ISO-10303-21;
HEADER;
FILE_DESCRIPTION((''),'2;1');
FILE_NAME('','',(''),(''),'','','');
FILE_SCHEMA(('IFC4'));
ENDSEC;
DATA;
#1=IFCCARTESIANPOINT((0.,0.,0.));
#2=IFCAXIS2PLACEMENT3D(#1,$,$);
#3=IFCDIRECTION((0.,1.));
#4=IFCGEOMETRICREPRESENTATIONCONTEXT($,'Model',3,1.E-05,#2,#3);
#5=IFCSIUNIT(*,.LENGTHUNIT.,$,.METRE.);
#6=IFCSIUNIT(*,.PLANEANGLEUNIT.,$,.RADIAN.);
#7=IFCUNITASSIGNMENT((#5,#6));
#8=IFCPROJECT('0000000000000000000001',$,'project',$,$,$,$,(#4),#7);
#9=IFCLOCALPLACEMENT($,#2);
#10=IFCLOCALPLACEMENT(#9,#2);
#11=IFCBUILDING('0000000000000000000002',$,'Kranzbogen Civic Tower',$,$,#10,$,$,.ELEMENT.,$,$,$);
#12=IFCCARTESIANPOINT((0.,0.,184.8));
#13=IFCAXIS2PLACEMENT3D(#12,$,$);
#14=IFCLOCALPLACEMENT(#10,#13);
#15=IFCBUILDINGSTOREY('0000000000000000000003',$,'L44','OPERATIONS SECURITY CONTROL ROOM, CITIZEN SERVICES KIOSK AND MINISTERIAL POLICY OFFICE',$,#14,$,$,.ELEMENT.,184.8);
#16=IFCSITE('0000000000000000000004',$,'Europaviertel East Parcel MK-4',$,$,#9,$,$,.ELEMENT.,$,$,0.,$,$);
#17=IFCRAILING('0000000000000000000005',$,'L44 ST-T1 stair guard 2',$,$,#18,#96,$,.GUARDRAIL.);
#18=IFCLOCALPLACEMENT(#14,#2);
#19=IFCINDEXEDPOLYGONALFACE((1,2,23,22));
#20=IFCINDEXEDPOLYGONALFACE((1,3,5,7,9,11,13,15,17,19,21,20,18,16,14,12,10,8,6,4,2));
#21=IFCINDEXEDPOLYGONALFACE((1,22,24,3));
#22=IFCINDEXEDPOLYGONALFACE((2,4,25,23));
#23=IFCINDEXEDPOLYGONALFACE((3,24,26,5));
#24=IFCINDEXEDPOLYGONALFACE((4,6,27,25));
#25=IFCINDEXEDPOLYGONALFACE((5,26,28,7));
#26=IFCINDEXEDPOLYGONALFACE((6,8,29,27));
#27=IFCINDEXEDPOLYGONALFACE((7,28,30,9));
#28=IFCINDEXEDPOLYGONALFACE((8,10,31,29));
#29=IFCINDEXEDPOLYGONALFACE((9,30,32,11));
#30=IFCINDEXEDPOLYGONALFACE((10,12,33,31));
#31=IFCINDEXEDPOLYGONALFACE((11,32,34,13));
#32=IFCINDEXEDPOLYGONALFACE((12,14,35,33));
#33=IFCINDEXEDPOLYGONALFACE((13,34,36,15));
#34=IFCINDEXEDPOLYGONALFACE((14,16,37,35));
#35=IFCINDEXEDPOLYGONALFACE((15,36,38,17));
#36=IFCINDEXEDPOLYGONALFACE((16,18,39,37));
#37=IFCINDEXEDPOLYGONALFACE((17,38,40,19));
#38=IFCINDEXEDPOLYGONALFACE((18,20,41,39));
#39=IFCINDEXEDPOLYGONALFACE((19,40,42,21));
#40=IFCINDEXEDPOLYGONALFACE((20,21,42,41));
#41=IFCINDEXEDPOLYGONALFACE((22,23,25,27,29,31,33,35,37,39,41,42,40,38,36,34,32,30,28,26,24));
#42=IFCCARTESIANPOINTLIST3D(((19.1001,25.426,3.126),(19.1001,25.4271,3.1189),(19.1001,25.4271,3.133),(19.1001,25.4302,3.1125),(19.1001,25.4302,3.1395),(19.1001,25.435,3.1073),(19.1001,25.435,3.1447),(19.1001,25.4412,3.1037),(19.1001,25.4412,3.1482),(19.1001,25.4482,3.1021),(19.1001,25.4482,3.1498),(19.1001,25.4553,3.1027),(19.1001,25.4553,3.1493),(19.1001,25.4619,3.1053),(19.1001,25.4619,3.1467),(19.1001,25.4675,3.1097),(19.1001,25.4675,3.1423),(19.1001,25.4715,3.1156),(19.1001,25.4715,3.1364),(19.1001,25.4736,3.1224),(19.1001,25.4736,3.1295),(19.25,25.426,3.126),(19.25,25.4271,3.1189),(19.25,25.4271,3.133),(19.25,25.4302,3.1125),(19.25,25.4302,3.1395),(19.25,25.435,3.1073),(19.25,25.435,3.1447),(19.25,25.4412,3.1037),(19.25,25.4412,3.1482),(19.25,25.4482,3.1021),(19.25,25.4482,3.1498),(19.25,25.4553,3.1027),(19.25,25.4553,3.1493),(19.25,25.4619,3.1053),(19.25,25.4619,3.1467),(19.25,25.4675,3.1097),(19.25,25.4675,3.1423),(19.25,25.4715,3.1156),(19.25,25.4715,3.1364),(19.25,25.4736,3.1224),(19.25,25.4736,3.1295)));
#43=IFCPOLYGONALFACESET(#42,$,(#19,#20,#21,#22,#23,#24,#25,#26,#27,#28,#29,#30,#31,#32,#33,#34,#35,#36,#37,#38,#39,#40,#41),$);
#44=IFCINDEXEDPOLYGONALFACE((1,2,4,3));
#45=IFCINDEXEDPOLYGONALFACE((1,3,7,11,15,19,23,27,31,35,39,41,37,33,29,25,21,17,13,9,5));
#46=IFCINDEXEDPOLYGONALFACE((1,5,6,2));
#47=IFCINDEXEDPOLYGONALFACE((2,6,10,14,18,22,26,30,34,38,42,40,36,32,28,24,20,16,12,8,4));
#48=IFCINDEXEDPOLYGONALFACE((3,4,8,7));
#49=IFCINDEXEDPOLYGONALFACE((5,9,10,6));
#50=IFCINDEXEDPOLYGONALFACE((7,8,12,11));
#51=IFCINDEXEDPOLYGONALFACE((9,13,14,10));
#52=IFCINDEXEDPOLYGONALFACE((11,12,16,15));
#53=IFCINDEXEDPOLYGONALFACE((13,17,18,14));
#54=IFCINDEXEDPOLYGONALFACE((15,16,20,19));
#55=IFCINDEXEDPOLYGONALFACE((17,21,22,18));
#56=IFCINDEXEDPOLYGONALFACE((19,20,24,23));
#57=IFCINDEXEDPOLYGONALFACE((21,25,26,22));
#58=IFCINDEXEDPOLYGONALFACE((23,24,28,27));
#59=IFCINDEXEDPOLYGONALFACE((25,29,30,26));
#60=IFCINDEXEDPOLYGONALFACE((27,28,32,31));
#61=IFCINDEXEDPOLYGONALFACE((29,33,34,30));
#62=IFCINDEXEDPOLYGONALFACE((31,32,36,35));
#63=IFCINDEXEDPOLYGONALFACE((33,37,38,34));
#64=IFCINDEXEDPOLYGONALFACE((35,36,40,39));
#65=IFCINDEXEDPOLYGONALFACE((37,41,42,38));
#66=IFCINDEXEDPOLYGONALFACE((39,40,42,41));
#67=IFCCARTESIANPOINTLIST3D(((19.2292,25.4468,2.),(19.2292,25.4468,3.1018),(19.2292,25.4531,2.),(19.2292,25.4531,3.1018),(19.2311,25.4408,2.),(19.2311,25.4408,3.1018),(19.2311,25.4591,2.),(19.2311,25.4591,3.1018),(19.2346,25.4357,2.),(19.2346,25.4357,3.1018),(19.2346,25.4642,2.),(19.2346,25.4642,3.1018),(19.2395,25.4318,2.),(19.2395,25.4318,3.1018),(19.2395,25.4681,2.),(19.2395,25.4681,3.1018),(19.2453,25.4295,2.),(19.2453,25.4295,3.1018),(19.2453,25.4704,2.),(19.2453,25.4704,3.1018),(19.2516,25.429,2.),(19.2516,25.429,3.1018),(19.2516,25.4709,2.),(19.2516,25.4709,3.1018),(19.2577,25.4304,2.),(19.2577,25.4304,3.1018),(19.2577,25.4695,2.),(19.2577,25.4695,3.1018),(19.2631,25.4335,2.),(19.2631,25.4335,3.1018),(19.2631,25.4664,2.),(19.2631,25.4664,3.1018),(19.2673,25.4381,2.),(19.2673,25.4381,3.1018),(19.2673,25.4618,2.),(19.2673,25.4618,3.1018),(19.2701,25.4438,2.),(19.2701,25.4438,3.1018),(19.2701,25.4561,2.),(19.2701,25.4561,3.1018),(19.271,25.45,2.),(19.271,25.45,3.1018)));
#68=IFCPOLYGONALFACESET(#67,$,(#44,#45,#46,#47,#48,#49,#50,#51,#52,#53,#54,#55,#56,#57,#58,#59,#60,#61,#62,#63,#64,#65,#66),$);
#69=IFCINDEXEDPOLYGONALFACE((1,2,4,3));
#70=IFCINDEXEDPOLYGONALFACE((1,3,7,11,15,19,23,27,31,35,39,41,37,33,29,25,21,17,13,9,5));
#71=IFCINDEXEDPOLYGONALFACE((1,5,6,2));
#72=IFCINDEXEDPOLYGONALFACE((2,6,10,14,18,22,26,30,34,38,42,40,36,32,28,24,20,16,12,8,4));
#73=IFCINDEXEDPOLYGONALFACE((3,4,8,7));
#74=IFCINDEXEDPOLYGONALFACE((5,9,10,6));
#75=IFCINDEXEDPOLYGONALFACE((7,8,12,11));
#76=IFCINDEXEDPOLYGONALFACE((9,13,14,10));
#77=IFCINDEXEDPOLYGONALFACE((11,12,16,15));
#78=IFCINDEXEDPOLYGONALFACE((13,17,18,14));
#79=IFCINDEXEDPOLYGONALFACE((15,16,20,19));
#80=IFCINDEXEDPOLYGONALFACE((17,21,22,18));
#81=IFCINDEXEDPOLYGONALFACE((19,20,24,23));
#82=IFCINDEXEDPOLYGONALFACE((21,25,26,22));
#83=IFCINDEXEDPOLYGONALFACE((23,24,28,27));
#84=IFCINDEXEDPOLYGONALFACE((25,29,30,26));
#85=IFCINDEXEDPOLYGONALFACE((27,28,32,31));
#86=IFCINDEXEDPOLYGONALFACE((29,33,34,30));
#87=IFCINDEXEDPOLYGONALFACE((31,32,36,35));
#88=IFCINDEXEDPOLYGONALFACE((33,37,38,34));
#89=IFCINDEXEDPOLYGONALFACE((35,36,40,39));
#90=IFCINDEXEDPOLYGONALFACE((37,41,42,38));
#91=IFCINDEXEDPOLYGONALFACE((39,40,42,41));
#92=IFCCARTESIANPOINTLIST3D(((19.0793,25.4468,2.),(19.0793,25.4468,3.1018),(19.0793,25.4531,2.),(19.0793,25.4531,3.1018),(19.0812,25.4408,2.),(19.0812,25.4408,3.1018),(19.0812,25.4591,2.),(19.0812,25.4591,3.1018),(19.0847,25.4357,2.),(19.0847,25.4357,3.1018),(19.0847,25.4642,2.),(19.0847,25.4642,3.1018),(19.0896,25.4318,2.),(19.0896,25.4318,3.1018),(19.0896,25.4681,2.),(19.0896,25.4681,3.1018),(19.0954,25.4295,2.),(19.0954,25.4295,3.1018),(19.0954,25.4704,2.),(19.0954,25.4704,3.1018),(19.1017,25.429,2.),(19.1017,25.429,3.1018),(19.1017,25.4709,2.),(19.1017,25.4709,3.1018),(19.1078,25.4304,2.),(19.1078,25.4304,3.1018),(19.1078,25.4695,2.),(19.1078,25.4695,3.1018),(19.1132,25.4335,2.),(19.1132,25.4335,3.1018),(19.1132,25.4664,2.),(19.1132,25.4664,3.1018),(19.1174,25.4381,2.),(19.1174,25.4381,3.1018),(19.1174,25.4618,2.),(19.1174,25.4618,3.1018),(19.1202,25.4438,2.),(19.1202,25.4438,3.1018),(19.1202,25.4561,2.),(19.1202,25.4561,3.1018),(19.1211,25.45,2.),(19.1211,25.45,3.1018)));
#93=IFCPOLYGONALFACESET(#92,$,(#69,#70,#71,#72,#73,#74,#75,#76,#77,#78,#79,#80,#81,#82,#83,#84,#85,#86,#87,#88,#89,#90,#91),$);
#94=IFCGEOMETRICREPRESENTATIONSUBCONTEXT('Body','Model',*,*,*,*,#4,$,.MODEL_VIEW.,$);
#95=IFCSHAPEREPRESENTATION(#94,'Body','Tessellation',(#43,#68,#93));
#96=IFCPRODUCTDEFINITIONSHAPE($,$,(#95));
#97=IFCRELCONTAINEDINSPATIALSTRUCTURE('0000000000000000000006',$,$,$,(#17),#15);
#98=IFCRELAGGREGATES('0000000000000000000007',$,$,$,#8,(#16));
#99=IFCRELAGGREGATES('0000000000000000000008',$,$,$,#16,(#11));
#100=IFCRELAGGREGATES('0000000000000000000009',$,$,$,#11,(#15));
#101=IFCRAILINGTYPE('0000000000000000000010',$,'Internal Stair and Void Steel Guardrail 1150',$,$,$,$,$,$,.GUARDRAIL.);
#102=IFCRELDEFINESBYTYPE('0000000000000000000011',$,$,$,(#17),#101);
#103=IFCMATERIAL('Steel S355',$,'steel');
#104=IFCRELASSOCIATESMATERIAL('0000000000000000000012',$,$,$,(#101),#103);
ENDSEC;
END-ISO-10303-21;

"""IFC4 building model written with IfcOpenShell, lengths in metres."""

from ifc_helpers import new_model, si_unit, direction, frame, origin, origin_2d, place, context, subcontext, project, spatial, circle, extrude, material, type_object, element, save


model = new_model("IFC4")

# Units and contexts
model_context = context("Model", 3, precision=1e-05, world=origin(), true_north=direction((0.0, 1.0)))
body_context = subcontext(model_context, "Body", "Model", "MODEL_VIEW")
ifc_project = project(units=[si_unit("LENGTHUNIT", "METRE"), si_unit("PLANEANGLEUNIT", "RADIAN")], contexts=[model_context])

# Site, building, storey
site_placement = place(None, origin())
site = spatial("IfcSite", under=ifc_project, at=site_placement, Name="Europaviertel East Parcel MK-4", CompositionType="ELEMENT", RefElevation=0.0)
building_placement = place(site_placement, origin())
building = spatial("IfcBuilding", under=site, at=building_placement, Name="Kranzbogen Civic Tower", CompositionType="ELEMENT")
storey_placement = place(building_placement, frame((0.0, 0.0, 184.8)))
storey = spatial("IfcBuildingStorey", under=building, at=storey_placement, Name="L44", Description="OPERATIONS SECURITY CONTROL ROOM, CITIZEN SERVICES KIOSK AND MINISTERIAL POLICY OFFICE", CompositionType="ELEMENT", Elevation=184.8)

# Shared definitions
ifc_material_1 = material(Name="Steel S355", Category="steel")

# Railing
railing_type_1 = type_object("IfcRailingType", Name="Internal Stair and Void Steel Guardrail 1150", PredefinedType="GUARDRAIL", material=ifc_material_1)
railing_1_placement = place(storey_placement, frame((19.25, 25.45, 2.0)))
element("IfcRailing", 1, at=railing_1_placement, inside=storey, type_object=railing_type_1, Name="L44 ST-T1 stair guard 2", PredefinedType="GUARDRAIL", context=body_context, shape_type="SweptSolid", body=[
    extrude(circle(Radius=0.0239, at=origin_2d()), frame((0.0, 0.0, 1.126), z_axis=(-1.0, 0.0, 0.0), x_axis=(0.0, -1.0, 0.0)), (0.0, 0.0, 1.0), 0.1499),
    extrude(circle(Radius=0.021, at=origin_2d()), origin(), (0.0, 0.0, 1.0), 1.1018),
    extrude(circle(Radius=0.021, at=origin_2d()), frame((-0.1499, 0.0, 0.0)), (0.0, 0.0, 1.0), 1.1018),
])

save(model, "model.ifc")
